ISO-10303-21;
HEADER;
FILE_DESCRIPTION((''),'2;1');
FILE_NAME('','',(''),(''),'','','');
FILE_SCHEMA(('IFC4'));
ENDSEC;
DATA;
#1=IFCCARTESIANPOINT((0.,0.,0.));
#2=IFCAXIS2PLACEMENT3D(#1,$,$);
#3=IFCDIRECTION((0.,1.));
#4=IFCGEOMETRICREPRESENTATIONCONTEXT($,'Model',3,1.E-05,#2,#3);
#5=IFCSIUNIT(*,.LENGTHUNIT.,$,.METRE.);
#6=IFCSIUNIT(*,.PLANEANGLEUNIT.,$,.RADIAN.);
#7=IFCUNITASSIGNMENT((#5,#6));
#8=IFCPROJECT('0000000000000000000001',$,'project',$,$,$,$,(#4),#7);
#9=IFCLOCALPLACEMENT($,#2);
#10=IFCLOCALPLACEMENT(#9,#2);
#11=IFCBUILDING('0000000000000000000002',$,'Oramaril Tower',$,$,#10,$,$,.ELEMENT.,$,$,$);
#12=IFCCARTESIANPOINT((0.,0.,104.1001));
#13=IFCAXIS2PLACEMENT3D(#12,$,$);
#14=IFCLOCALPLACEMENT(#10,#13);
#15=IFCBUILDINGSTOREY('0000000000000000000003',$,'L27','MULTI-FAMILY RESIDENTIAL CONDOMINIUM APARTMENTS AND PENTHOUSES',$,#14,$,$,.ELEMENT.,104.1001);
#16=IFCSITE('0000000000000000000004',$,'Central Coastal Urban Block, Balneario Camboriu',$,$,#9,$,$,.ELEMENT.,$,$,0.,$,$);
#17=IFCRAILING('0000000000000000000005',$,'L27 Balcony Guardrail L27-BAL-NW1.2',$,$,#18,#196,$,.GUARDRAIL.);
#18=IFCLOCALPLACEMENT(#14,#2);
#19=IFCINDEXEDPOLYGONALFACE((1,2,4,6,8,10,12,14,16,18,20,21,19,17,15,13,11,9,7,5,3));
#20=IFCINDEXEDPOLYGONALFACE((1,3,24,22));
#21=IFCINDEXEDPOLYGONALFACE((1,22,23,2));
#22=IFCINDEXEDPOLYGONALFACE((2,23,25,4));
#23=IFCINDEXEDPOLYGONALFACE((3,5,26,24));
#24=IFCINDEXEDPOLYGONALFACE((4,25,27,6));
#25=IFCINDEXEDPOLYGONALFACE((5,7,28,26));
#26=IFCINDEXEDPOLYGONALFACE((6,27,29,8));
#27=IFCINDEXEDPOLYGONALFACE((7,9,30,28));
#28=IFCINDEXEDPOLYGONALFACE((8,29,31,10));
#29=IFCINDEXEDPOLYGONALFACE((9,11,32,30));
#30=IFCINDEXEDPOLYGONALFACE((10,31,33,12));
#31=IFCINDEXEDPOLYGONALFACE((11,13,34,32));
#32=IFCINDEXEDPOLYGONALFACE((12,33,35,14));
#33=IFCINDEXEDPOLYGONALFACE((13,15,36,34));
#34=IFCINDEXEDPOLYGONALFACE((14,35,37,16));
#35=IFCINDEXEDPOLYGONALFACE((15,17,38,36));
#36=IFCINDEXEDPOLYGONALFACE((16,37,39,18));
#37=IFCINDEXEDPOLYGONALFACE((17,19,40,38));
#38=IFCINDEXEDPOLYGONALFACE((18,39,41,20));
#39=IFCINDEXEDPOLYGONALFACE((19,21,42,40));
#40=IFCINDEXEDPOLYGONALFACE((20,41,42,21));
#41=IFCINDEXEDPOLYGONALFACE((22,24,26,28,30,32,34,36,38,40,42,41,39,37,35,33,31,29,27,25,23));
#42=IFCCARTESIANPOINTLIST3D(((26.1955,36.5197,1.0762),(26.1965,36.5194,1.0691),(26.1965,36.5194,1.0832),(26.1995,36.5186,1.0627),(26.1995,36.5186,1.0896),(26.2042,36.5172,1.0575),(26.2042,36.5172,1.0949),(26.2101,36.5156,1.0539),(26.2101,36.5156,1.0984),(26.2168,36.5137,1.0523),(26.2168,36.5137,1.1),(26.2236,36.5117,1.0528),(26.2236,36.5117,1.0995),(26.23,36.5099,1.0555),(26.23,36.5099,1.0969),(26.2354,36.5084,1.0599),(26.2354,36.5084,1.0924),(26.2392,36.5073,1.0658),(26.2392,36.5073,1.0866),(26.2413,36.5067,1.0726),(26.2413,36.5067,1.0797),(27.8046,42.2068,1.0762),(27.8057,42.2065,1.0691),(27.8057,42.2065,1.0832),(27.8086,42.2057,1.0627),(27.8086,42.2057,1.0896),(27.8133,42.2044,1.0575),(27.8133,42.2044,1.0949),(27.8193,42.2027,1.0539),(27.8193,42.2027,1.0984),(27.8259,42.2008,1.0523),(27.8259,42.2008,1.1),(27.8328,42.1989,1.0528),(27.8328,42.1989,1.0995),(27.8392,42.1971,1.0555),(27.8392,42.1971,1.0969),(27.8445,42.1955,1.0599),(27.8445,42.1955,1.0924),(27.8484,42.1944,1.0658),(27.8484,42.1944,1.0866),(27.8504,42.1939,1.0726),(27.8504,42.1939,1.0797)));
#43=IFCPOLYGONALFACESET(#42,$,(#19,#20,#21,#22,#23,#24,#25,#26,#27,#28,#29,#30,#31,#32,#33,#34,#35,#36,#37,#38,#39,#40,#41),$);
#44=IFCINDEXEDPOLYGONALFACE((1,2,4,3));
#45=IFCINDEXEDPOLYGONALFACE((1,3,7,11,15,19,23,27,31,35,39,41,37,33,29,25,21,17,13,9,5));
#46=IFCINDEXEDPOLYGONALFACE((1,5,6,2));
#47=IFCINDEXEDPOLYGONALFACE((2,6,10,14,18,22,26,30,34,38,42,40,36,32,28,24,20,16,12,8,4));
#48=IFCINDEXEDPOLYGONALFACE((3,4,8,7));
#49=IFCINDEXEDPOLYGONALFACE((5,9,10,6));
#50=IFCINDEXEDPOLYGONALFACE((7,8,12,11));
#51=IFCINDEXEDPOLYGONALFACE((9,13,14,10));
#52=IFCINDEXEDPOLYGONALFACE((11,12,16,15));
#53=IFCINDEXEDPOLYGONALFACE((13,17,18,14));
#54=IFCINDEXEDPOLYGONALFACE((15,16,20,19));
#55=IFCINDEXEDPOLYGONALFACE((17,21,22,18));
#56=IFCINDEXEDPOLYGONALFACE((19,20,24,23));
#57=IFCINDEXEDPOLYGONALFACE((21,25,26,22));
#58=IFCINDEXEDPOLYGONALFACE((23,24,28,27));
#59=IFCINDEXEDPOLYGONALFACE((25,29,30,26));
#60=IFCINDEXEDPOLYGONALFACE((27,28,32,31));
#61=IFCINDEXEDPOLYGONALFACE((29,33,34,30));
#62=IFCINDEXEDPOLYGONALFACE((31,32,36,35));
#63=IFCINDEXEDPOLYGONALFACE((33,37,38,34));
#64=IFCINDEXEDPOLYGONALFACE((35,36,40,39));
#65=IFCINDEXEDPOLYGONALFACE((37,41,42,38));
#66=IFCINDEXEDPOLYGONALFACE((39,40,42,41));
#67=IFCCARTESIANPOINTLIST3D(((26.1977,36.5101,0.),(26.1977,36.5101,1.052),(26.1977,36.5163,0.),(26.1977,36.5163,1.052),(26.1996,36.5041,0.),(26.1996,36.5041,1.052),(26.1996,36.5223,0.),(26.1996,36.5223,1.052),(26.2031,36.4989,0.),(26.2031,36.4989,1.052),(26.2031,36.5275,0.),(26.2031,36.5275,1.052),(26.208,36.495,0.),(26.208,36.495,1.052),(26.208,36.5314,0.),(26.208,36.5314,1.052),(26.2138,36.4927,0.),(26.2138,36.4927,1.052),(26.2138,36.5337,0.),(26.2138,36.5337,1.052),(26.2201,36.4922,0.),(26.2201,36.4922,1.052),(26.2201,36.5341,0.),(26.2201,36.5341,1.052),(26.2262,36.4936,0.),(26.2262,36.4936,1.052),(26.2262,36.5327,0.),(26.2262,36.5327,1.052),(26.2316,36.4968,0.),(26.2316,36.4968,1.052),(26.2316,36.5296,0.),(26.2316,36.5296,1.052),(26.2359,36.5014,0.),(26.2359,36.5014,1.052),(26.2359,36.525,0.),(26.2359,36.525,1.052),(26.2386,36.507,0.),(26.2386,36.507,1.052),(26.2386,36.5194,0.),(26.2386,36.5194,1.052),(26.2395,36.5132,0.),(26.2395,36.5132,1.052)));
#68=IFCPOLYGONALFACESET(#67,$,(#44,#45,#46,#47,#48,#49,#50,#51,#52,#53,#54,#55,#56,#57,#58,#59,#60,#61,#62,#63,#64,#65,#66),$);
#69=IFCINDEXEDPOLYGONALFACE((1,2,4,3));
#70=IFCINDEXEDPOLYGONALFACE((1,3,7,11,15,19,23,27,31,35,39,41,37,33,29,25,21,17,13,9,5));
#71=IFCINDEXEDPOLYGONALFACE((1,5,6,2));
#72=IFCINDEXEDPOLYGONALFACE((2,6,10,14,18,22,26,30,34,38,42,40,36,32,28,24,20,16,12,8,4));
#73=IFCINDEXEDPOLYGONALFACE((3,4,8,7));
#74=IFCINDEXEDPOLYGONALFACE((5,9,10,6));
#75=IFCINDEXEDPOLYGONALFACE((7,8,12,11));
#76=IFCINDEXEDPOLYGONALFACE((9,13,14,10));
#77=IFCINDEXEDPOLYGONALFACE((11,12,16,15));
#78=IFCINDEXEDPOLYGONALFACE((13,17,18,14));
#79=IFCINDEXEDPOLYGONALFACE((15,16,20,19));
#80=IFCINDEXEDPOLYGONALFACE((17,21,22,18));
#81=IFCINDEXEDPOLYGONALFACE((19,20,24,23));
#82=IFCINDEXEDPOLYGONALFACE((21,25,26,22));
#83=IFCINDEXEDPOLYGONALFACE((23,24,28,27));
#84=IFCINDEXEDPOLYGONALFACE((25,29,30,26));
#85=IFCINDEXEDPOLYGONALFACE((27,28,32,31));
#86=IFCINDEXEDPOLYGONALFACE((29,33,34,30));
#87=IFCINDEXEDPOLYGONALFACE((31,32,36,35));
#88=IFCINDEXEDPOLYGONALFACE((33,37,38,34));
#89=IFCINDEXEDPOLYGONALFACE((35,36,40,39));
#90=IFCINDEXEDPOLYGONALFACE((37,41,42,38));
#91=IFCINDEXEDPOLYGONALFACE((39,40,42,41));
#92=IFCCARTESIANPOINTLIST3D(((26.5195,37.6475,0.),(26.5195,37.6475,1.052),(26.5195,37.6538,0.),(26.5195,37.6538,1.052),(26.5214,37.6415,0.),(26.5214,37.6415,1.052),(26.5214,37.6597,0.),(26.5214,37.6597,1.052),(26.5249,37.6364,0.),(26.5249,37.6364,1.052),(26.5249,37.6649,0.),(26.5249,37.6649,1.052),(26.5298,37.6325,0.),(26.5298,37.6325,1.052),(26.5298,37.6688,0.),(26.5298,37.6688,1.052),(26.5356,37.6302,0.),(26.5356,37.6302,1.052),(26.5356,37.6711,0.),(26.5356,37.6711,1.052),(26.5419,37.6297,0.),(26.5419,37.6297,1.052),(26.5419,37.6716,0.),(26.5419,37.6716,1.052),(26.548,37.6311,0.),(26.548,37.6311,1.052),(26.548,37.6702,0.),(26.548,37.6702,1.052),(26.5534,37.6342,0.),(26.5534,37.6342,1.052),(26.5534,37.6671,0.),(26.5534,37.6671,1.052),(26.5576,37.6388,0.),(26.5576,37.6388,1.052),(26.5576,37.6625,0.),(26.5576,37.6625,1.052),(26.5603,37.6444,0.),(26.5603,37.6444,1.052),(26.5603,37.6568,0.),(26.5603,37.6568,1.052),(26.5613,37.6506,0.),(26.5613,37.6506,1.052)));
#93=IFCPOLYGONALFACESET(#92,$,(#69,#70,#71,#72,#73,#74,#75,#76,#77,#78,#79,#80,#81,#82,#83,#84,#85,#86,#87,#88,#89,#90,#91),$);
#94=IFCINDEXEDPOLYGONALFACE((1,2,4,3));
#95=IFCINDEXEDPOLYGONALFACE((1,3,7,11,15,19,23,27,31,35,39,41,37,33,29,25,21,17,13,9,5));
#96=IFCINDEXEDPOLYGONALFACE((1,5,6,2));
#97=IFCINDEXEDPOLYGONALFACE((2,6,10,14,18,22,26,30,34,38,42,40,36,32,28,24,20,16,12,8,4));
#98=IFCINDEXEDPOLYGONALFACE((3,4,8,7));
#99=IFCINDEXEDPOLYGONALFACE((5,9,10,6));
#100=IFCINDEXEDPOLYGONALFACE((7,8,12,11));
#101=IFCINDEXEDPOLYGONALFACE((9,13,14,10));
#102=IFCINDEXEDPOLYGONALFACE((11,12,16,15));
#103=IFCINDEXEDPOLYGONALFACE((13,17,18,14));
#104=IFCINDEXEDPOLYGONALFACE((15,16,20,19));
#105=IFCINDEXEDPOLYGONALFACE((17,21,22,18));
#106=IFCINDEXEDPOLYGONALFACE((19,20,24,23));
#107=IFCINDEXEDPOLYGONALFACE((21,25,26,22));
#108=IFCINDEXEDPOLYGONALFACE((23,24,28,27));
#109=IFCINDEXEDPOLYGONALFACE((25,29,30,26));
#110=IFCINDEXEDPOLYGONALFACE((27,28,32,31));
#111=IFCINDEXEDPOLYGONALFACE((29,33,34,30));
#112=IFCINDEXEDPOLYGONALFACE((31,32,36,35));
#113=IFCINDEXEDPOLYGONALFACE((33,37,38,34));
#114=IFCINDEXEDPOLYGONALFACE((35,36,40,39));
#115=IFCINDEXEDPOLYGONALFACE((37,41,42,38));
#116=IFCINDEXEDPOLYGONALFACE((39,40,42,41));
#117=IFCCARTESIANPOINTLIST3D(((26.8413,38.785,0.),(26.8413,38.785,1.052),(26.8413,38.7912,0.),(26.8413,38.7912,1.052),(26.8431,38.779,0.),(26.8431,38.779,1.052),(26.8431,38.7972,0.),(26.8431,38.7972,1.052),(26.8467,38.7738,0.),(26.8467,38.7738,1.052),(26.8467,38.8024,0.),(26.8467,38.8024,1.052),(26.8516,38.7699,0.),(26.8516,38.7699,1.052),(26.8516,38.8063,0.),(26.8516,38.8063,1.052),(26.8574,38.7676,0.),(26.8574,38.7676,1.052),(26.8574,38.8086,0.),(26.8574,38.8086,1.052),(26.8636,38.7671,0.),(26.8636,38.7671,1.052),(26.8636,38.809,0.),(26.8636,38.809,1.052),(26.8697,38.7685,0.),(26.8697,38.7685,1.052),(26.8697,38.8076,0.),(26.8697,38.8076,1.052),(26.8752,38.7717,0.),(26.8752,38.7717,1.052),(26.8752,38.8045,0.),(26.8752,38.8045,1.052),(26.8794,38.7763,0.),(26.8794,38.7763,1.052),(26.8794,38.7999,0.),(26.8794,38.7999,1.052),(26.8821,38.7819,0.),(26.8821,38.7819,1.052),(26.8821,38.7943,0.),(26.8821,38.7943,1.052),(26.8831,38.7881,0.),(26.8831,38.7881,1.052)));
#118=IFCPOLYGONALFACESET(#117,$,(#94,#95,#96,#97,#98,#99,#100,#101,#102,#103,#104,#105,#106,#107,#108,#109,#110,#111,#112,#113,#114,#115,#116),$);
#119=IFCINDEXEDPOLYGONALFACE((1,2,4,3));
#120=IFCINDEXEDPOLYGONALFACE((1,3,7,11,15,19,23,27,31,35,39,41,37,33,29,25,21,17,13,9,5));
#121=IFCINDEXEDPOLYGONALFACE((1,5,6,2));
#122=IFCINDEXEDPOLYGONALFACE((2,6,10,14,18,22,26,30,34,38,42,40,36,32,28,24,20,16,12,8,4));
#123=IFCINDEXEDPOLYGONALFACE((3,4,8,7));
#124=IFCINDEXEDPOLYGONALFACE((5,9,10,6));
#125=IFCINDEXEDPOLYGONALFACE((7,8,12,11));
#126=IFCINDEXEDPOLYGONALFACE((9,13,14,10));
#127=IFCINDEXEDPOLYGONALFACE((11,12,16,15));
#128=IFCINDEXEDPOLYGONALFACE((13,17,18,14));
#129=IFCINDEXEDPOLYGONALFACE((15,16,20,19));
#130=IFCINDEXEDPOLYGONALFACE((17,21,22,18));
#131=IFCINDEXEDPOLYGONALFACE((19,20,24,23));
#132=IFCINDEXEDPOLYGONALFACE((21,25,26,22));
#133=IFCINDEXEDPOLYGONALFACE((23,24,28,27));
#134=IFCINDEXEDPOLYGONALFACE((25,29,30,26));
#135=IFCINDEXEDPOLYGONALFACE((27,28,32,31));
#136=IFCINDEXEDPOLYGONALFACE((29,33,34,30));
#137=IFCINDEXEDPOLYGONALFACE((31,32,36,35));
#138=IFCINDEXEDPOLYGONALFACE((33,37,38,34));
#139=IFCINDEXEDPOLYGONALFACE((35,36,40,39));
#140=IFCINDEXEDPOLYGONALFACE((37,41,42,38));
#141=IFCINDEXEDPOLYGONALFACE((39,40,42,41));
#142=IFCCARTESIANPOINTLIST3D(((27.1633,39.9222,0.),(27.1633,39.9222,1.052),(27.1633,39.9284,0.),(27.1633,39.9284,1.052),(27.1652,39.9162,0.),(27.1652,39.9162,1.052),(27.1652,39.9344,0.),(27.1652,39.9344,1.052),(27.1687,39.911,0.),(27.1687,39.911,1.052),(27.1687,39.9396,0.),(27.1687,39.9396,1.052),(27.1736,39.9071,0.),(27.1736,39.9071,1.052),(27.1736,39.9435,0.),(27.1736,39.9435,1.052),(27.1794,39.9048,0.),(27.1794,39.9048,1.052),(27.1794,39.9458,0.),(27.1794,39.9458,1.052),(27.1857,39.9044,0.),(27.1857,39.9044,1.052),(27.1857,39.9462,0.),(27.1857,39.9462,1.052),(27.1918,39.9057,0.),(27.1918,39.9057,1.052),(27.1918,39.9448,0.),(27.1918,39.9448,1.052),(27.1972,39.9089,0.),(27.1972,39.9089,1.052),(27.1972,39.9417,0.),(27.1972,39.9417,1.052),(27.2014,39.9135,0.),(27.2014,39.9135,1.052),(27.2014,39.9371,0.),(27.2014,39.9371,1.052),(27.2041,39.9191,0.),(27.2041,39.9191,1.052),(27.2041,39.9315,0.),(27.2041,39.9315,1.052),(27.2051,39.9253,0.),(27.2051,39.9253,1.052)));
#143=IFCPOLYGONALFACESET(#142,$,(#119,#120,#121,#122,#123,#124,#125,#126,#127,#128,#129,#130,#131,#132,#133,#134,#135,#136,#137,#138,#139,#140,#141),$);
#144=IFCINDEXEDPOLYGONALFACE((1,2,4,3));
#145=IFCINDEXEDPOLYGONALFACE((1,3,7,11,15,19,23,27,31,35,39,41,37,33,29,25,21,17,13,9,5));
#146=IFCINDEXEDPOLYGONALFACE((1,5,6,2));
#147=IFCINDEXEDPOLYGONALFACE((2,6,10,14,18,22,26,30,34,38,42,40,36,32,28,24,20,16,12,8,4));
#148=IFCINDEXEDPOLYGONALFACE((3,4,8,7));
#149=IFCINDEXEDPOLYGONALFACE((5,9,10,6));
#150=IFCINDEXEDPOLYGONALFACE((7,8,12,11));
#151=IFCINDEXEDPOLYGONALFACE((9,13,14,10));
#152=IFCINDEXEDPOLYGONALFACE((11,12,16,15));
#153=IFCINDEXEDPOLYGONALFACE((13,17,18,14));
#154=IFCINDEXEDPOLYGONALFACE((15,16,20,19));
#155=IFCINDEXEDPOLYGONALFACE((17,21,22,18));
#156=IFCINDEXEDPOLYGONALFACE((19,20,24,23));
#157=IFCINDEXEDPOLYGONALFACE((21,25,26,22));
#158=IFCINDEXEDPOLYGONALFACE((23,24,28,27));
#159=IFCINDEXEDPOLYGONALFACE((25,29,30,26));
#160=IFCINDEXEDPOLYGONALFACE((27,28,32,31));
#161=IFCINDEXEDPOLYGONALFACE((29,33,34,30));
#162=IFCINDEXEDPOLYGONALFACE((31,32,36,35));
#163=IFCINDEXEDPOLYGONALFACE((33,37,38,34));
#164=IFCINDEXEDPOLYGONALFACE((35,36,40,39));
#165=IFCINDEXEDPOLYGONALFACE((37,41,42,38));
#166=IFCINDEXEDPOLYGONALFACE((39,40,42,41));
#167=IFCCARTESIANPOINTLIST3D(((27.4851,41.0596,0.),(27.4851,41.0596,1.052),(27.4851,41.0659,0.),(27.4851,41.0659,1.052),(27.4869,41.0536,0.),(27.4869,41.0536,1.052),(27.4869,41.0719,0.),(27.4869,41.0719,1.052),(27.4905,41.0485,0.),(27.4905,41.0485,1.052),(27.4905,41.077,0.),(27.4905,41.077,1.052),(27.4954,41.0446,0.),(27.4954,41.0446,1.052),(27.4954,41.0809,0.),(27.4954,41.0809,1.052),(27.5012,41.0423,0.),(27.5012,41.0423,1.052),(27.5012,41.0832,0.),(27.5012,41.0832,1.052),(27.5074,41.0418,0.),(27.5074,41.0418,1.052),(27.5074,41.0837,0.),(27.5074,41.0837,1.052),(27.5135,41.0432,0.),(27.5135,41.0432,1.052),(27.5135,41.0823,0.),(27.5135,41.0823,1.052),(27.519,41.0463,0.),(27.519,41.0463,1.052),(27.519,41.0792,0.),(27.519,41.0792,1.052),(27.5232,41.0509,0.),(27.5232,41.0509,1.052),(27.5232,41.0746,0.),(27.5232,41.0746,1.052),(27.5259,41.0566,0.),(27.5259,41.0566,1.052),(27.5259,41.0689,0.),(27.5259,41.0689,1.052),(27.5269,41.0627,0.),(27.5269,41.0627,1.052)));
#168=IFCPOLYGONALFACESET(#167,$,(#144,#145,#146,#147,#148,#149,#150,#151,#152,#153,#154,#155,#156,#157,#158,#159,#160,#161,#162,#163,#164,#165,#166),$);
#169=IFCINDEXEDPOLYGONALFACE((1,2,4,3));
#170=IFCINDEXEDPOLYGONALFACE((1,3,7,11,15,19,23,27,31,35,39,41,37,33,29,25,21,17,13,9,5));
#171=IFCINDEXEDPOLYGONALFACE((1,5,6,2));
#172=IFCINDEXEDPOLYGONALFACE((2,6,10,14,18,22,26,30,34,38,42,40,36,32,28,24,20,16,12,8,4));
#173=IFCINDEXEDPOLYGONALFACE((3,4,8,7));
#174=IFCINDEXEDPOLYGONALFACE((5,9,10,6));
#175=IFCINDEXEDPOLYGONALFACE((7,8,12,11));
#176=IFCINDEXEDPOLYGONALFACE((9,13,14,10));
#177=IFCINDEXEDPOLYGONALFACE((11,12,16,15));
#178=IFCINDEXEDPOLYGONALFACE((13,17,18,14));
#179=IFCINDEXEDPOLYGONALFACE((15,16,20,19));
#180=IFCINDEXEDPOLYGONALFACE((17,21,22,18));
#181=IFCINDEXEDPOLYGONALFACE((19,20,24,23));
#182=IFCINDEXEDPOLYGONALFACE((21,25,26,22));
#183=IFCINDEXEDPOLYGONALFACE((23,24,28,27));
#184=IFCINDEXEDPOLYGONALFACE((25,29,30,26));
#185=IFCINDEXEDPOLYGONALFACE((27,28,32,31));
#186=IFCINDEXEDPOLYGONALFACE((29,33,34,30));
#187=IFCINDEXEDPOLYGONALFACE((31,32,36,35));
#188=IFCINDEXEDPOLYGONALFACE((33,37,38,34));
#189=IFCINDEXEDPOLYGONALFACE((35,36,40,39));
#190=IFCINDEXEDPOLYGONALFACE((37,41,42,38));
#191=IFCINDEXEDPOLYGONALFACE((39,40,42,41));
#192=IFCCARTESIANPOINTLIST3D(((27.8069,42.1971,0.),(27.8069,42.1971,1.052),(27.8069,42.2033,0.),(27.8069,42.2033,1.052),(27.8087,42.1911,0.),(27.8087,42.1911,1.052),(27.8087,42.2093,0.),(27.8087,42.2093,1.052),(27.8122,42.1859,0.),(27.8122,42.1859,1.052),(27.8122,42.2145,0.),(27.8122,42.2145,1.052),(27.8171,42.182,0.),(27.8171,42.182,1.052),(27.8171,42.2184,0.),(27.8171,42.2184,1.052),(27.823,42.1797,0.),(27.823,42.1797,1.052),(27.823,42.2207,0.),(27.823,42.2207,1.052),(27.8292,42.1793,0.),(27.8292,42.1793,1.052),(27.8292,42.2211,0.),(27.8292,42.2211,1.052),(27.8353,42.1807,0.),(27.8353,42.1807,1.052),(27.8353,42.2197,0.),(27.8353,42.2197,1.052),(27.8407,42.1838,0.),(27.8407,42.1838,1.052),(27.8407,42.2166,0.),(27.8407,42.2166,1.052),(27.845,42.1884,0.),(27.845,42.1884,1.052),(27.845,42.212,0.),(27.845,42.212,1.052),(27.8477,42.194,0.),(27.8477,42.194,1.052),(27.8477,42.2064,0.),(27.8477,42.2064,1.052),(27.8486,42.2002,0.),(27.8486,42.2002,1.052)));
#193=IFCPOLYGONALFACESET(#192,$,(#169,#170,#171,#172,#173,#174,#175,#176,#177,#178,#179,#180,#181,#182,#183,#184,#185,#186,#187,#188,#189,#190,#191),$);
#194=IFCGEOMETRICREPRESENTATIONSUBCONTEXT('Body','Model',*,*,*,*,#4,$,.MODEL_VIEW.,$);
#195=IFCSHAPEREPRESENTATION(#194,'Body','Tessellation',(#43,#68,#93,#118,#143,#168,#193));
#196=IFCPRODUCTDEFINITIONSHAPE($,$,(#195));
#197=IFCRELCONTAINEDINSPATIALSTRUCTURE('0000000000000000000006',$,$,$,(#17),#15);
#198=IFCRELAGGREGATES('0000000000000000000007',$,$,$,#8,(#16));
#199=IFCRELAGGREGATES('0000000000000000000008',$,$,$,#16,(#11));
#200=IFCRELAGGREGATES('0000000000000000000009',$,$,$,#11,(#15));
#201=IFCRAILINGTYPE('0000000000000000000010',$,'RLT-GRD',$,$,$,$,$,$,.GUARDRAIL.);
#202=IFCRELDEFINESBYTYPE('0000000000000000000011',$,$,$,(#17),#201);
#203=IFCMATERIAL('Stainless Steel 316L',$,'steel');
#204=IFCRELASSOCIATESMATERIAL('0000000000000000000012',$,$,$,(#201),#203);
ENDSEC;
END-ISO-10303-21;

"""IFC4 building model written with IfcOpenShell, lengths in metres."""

from ifc_helpers import new_model, si_unit, direction, frame, origin, origin_2d, place, context, subcontext, project, spatial, circle, extrude, material, type_object, element, save


model = new_model("IFC4")

# Units and contexts
model_context = context("Model", 3, precision=1e-05, world=origin(), true_north=direction((0.0, 1.0)))
body_context = subcontext(model_context, "Body", "Model", "MODEL_VIEW")
ifc_project = project(units=[si_unit("LENGTHUNIT", "METRE"), si_unit("PLANEANGLEUNIT", "RADIAN")], contexts=[model_context])

# Site, building, storey
site_placement = place(None, origin())
site = spatial("IfcSite", under=ifc_project, at=site_placement, Name="Central Coastal Urban Block, Balneario Camboriu", CompositionType="ELEMENT", RefElevation=0.0)
building_placement = place(site_placement, origin())
building = spatial("IfcBuilding", under=site, at=building_placement, Name="Oramaril Tower", CompositionType="ELEMENT")
storey_placement = place(building_placement, frame((0.0, 0.0, 104.1001)))
storey = spatial("IfcBuildingStorey", under=building, at=storey_placement, Name="L27", Description="MULTI-FAMILY RESIDENTIAL CONDOMINIUM APARTMENTS AND PENTHOUSES", CompositionType="ELEMENT", Elevation=104.1001)

# Railing
ifc_material_1 = material(Name="Stainless Steel 316L", Category="steel")
railing_type = type_object("IfcRailingType", Name="RLT-GRD", PredefinedType="GUARDRAIL", material=ifc_material_1)
railing_1_placement = place(storey_placement, frame((26.2185, 36.5132, 0.0)))
element("IfcRailing", 1, at=railing_1_placement, inside=storey, type_object=railing_type, Name="L27 Balcony Guardrail L27-BAL-NW1.2", PredefinedType="GUARDRAIL", context=body_context, shape_type="SweptSolid", body=[
    extrude(circle(Radius=0.0239, at=origin_2d()), frame((0.0, 0.0, 1.0762), z_axis=(0.27226, 0.962224, 0.0), x_axis=(-0.962224, 0.27226, 0.0)), (0.0, 0.0, 1.0), 5.9104),
    extrude(circle(Radius=0.021, at=origin_2d()), origin(), (0.0, 0.0, 1.0), 1.052),
    extrude(circle(Radius=0.021, at=origin_2d()), frame((0.3218, 1.1375, 0.0)), (0.0, 0.0, 1.0), 1.052),
    extrude(circle(Radius=0.021, at=origin_2d()), frame((0.6436, 2.2749, 0.0)), (0.0, 0.0, 1.0), 1.052),
    extrude(circle(Radius=0.021, at=origin_2d()), frame((0.9656, 3.4121, 0.0)), (0.0, 0.0, 1.0), 1.052),
    extrude(circle(Radius=0.021, at=origin_2d()), frame((1.2874, 4.5496, 0.0)), (0.0, 0.0, 1.0), 1.052),
    extrude(circle(Radius=0.021, at=origin_2d()), frame((1.6091, 5.687, 0.0)), (0.0, 0.0, 1.0), 1.052),
])

save(model, "model.ifc")
